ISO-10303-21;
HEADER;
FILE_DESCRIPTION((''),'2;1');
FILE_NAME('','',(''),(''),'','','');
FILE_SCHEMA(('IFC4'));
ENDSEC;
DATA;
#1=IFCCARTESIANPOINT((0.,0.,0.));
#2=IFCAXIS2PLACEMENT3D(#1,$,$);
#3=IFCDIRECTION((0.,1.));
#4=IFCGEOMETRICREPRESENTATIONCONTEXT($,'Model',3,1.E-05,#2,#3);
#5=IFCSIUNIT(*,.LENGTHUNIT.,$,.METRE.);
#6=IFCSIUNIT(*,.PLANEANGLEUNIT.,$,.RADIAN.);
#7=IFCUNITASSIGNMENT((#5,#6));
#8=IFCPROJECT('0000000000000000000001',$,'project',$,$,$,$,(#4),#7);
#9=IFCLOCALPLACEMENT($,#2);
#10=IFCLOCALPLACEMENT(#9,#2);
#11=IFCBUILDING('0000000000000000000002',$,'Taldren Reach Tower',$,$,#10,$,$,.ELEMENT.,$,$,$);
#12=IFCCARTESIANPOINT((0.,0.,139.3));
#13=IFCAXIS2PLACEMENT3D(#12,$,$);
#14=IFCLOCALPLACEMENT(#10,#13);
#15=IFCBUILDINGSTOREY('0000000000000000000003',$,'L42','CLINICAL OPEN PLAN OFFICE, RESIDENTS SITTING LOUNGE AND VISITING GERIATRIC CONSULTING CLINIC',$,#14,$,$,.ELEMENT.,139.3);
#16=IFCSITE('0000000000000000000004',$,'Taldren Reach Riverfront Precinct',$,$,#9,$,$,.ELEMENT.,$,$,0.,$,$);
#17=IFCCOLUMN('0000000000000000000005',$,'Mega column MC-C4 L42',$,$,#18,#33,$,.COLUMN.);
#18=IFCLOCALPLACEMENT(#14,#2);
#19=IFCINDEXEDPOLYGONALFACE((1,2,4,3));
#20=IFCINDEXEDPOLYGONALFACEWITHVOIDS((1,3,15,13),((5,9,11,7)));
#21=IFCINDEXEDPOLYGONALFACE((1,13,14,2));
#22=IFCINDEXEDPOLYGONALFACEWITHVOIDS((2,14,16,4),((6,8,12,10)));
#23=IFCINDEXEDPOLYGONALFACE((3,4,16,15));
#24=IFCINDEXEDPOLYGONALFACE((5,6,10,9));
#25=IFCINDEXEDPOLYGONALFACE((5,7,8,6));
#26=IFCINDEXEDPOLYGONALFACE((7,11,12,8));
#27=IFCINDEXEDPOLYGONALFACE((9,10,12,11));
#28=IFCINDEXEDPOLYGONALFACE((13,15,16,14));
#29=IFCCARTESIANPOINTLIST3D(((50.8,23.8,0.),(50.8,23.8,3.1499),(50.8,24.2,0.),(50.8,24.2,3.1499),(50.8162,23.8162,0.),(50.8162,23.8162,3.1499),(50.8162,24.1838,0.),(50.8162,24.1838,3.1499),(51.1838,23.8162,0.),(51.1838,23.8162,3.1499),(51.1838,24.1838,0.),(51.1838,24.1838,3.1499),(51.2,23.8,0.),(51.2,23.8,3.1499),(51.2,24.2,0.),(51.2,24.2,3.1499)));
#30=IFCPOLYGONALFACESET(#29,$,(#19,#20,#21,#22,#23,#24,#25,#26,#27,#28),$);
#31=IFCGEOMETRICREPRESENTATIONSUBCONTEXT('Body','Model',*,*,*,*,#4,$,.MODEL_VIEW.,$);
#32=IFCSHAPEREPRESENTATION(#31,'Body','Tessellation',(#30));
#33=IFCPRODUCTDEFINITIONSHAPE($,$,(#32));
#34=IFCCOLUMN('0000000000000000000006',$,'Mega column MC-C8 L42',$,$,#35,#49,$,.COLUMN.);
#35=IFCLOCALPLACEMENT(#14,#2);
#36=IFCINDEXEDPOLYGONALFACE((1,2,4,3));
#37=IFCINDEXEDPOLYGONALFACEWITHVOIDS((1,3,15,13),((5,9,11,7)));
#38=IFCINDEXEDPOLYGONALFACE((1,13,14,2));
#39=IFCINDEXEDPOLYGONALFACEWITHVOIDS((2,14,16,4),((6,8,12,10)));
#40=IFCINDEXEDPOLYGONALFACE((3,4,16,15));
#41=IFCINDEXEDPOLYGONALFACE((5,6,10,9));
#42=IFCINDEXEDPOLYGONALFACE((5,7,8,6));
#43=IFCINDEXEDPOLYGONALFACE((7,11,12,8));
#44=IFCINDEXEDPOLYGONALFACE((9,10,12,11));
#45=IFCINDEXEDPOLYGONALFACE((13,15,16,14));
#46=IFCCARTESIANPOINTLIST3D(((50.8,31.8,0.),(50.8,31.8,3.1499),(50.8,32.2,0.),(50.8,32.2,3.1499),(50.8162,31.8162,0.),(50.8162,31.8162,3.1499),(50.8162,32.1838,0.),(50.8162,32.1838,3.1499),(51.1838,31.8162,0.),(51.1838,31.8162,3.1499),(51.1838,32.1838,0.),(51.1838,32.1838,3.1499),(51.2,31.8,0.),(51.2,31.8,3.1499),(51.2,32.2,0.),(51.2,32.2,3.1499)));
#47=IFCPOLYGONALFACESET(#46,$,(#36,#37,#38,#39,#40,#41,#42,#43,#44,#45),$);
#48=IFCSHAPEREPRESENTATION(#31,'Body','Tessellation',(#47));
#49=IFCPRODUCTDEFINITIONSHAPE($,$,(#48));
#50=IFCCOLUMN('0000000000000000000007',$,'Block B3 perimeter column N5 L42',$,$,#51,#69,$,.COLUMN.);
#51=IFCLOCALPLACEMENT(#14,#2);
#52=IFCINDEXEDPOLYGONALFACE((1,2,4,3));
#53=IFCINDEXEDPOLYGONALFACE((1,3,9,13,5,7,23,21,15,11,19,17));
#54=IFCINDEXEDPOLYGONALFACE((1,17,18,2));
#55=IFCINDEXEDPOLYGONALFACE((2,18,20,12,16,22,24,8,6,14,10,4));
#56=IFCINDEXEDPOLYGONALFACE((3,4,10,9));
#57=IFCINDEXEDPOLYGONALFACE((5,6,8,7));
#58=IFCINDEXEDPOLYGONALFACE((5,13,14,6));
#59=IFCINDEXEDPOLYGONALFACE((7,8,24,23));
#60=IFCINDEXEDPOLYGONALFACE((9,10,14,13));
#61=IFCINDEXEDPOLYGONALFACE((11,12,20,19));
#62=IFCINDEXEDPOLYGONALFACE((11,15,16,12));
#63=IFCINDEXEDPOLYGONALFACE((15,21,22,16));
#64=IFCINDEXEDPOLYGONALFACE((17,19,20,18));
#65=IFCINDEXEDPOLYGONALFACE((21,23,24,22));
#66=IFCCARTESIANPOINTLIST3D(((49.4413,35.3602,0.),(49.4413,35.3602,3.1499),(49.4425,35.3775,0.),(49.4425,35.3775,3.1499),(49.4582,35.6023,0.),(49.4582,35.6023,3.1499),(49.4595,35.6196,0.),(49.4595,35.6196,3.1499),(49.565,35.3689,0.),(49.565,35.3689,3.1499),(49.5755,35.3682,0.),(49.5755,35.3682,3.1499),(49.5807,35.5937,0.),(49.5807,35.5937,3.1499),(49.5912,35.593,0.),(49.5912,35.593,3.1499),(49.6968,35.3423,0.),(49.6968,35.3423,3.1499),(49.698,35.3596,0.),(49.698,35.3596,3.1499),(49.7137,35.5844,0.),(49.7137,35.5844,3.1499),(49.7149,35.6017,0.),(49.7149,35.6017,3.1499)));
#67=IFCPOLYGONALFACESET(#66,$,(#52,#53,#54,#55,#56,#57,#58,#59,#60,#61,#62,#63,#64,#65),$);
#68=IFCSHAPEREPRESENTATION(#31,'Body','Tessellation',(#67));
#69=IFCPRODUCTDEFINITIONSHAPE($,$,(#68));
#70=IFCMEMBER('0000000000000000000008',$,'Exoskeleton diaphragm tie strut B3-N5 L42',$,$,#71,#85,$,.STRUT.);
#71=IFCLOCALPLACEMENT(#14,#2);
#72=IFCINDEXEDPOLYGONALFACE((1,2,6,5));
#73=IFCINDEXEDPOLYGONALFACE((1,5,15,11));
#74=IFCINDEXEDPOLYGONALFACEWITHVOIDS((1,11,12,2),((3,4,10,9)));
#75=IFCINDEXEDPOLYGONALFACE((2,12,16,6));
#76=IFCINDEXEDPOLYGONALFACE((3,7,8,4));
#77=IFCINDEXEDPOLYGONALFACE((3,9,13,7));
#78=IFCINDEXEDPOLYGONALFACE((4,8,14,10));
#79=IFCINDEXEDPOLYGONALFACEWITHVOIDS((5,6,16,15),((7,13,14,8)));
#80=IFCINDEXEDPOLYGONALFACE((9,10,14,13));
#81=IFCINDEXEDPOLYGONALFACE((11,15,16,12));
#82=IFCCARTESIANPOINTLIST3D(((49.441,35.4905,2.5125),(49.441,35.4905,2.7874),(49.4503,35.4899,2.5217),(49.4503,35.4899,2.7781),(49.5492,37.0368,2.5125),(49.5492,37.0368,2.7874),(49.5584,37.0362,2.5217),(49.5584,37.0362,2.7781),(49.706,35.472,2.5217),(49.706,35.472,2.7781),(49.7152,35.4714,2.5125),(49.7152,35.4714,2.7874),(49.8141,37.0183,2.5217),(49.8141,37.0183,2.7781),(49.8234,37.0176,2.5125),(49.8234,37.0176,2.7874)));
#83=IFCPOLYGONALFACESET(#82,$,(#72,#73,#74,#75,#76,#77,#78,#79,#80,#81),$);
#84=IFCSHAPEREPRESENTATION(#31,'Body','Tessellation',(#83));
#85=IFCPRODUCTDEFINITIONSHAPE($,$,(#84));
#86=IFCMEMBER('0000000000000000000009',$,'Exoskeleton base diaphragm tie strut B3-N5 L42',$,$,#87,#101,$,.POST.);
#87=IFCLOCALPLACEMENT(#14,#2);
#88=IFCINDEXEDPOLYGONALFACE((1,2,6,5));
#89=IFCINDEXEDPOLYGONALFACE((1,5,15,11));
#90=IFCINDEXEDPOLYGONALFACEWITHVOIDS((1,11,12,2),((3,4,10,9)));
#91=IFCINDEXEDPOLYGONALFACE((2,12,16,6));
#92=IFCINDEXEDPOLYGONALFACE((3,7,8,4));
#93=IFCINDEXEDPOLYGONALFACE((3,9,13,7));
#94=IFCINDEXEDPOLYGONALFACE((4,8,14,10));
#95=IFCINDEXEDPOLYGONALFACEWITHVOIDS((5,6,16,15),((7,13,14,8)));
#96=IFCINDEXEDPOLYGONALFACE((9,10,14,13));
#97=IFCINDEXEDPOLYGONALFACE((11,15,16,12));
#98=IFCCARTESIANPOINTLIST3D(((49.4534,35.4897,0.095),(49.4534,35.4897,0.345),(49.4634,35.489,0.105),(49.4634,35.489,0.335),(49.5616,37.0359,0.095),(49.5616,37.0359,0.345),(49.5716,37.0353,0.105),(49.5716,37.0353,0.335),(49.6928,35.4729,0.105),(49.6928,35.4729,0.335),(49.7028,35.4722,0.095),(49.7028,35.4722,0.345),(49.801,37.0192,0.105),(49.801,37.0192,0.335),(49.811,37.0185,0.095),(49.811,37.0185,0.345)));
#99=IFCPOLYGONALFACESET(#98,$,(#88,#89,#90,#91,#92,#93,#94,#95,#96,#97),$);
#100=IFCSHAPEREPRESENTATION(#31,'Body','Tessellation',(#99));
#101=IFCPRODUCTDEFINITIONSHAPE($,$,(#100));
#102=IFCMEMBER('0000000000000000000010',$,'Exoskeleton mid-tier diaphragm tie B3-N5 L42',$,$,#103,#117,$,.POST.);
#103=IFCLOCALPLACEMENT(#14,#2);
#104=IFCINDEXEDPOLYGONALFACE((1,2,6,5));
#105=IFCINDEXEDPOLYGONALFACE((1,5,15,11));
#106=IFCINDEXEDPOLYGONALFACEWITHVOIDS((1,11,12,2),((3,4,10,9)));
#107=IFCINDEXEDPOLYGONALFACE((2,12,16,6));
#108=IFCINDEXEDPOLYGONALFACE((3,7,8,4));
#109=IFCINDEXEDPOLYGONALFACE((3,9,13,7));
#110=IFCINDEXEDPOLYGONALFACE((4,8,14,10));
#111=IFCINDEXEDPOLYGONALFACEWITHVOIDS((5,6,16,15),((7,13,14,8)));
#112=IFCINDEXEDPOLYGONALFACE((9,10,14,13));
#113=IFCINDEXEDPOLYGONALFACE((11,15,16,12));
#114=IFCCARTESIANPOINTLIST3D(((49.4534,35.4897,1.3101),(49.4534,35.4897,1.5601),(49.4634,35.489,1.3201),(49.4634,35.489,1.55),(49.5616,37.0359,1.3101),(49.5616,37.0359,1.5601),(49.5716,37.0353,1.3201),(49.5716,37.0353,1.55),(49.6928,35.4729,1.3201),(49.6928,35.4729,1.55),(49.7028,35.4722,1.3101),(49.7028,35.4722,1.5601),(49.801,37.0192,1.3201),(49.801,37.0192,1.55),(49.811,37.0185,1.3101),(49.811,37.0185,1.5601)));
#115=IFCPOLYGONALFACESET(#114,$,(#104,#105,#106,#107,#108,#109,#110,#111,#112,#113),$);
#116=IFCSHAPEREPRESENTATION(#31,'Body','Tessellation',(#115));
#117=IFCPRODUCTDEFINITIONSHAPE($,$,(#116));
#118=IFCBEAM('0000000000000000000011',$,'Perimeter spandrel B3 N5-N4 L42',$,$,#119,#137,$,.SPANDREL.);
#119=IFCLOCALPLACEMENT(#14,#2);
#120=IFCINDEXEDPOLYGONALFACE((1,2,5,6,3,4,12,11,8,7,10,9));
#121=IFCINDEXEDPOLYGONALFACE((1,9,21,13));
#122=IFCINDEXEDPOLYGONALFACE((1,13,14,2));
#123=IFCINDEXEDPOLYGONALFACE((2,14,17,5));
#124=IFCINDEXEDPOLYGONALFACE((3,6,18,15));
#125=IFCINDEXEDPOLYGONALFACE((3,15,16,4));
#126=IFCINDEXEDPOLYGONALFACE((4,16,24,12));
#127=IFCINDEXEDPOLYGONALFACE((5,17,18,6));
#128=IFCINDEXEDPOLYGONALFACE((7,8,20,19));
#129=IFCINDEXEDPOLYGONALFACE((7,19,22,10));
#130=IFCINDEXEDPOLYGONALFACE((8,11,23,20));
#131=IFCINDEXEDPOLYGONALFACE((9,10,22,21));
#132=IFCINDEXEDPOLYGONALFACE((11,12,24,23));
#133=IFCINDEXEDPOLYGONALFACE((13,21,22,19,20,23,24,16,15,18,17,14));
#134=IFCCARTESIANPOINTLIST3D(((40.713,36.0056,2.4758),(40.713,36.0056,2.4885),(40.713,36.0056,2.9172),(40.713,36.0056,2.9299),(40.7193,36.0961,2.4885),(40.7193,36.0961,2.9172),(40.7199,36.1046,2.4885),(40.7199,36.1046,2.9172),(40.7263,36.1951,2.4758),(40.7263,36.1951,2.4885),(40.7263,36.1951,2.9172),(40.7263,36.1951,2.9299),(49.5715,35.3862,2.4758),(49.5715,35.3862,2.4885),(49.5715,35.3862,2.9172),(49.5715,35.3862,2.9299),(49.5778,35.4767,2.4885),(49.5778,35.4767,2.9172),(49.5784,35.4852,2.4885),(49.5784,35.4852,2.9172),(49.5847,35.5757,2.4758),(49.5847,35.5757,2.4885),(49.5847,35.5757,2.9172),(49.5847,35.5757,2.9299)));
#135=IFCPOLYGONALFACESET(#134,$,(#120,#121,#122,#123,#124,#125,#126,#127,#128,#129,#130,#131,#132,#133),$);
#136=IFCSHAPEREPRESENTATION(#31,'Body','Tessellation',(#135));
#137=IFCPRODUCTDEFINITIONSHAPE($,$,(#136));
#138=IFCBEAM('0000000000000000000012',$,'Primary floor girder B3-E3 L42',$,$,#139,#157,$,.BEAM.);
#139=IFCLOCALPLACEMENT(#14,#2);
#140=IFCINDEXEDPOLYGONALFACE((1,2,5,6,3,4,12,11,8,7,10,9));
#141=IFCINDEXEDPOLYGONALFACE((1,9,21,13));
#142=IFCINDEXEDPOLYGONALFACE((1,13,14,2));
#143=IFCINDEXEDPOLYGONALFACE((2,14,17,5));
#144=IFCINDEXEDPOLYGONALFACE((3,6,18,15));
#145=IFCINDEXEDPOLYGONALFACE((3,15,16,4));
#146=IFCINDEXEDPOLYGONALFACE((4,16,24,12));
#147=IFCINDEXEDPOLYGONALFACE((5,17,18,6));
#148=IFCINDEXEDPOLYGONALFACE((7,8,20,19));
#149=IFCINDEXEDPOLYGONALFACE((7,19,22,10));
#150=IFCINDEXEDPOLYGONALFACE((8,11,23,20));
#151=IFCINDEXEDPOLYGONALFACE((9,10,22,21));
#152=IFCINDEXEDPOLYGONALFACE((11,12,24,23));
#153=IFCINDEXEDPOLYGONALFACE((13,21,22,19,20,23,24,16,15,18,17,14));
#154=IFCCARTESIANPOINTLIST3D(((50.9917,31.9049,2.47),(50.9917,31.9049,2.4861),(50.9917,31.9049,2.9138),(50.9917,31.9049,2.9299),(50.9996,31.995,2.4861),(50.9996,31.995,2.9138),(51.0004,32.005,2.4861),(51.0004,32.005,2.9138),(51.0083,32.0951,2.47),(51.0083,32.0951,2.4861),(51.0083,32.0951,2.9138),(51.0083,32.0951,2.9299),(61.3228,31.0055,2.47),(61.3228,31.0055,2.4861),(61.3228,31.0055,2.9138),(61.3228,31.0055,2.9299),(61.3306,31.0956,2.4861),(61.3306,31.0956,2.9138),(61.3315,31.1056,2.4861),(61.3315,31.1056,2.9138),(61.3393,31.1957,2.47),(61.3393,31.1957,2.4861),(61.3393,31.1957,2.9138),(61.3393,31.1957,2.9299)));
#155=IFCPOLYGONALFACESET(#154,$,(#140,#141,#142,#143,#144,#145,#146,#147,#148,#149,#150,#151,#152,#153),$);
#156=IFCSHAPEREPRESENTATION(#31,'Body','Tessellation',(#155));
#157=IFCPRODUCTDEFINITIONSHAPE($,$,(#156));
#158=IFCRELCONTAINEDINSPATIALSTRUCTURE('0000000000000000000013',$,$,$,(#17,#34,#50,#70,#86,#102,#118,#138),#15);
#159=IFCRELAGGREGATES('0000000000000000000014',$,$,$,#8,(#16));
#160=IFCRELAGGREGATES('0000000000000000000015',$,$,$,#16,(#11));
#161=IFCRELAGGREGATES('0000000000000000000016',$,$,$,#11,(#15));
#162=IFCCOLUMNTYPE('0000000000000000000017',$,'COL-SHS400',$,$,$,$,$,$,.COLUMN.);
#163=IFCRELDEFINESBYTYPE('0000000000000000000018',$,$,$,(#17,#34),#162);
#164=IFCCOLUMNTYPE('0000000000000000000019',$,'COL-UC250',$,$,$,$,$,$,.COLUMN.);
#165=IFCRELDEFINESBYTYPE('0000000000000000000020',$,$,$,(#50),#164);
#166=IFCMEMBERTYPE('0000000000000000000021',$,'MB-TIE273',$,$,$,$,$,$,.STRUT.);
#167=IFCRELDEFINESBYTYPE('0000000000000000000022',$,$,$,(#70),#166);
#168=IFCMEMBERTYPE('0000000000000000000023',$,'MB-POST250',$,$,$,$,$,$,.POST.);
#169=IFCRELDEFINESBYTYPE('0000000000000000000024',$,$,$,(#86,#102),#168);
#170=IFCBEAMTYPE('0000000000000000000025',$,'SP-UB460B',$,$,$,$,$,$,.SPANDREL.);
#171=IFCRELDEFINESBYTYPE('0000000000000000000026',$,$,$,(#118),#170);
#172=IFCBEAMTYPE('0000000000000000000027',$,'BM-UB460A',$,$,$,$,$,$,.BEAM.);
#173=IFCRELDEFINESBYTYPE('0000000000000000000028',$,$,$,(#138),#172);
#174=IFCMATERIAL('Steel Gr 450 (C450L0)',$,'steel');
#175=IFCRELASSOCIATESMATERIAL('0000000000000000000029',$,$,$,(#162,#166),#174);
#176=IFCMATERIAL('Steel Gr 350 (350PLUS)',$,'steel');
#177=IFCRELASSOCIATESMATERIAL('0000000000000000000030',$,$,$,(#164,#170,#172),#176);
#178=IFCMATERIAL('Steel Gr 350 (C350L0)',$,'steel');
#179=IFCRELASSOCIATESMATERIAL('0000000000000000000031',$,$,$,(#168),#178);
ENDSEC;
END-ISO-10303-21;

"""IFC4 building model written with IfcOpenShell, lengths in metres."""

from ifc_helpers import new_model, si_unit, direction, frame, origin, origin_2d, place, context, subcontext, project, spatial, hollow_rectangle, i_section, extrude, source, transform, mapped, material, material_profile, profile_set, type_object, element, save


model = new_model("IFC4")

# Units and contexts
model_context = context("Model", 3, precision=1e-05, world=origin(), true_north=direction((0.0, 1.0)))
body_context = subcontext(model_context, "Body", "Model", "MODEL_VIEW")
ifc_project = project(units=[si_unit("LENGTHUNIT", "METRE"), si_unit("PLANEANGLEUNIT", "RADIAN")], contexts=[model_context])

# Site, building, storey
site_placement = place(None, origin())
site = spatial("IfcSite", under=ifc_project, at=site_placement, Name="Taldren Reach Riverfront Precinct", CompositionType="ELEMENT", RefElevation=0.0)
building_placement = place(site_placement, origin())
building = spatial("IfcBuilding", under=site, at=building_placement, Name="Taldren Reach Tower", CompositionType="ELEMENT")
storey_placement = place(building_placement, frame((0.0, 0.0, 139.3)))
storey = spatial("IfcBuildingStorey", under=building, at=storey_placement, Name="L42", Description="CLINICAL OPEN PLAN OFFICE, RESIDENTS SITTING LOUNGE AND VISITING GERIATRIC CONSULTING CLINIC", CompositionType="ELEMENT", Elevation=139.3)

# Columns
ifc_material_1 = material(Name="Steel Gr 450 (C450L0)", Category="steel")
ifc_material_profile_1 = material_profile(ifc_material_1, hollow_rectangle(XDim=0.3999, YDim=0.3999, WallThickness=0.0161, at=origin_2d()), Name="400x400x16.0SHS")
ifc_profile_set_1 = profile_set([ifc_material_profile_1], Name="Steel Gr 450 (C450L0)")
column_type_1 = type_object("IfcColumnType", Name="COL-SHS400", PredefinedType="COLUMN", material=ifc_profile_set_1)
shared_shape_1 = source(origin(), body_context, "Body", "SweptSolid", [
    extrude(hollow_rectangle(XDim=0.3999, YDim=0.3999, WallThickness=0.0161, at=origin_2d()), origin(), (0.0, 0.0, 1.0), 3.1499),
])
for number, where, z_axis, x_axis, name in (
    (1, (51.0, 24.0, 0.0), (0.0, 0.0, 1.0), (1.0, 0.0, 0.0), "Mega column MC-C4 L42"),
    (2, (51.0, 32.0, 0.0), (0.0, 0.0, 1.0), (1.0, 0.0, 0.0), "Mega column MC-C8 L42"),
):
    element("IfcColumn", number, at=place(storey_placement, frame(where, z_axis=z_axis, x_axis=x_axis)), inside=storey, type_object=column_type_1, Name=name, PredefinedType="COLUMN", context=body_context, shape_type="MappedRepresentation", body=[
        mapped(shared_shape_1, transform((0.0, 0.0, 0.0), scale=1.0)),
    ])
ifc_material_2 = material(Name="Steel Gr 350 (350PLUS)", Category="steel")
ifc_material_profile_2 = material_profile(ifc_material_2, i_section(OverallWidth=0.2561, OverallDepth=0.26, WebThickness=0.0105, FlangeThickness=0.0173, at=origin_2d()), Name="250UC89.5")
ifc_profile_set_2 = profile_set([ifc_material_profile_2], Name="Steel Gr 350 (350PLUS)")
column_type_2 = type_object("IfcColumnType", Name="COL-UC250", PredefinedType="COLUMN", material=ifc_profile_set_2)
shared_shape_2 = source(origin(), body_context, "Body", "SweptSolid", [
    extrude(i_section(OverallWidth=0.2561, OverallDepth=0.26, WebThickness=0.0105, FlangeThickness=0.0173, at=origin_2d()), origin(), (0.0, 0.0, 1.0), 3.1499),
])
column_placement = place(storey_placement, frame((49.5781, 35.481, 0.0), z_axis=(0.0, 0.0, 1.0), x_axis=(0.997564, -0.069756, 0.0)))
element("IfcColumn", 3, at=column_placement, inside=storey, type_object=column_type_2, Name="Block B3 perimeter column N5 L42", PredefinedType="COLUMN", context=body_context, shape_type="MappedRepresentation", body=[
    mapped(shared_shape_2, transform((0.0, 0.0, 0.0), scale=1.0)),
])

# Members
ifc_material_profile_3 = material_profile(ifc_material_1, hollow_rectangle(XDim=0.2749, YDim=0.2749, WallThickness=0.0093, at=origin_2d()), Name="275x275x9.3SHS")
ifc_profile_set_3 = profile_set([ifc_material_profile_3], Name="Steel Gr 450 (C450L0)")
member_type_1 = type_object("IfcMemberType", Name="MB-TIE273", PredefinedType="STRUT", material=ifc_profile_set_3)
shared_shape_3 = source(origin(), body_context, "Body", "SweptSolid", [
    extrude(hollow_rectangle(XDim=0.2749, YDim=0.2749, WallThickness=0.0093, at=origin_2d()), origin(), (0.0, 0.0, 1.0), 1.55),
])
member_1_placement = place(storey_placement, frame((49.5781, 35.481, 2.6499), z_axis=(0.06977, 0.997563, 0.0), x_axis=(-0.997563, 0.06977, 0.0)))
element("IfcMember", 4, at=member_1_placement, inside=storey, type_object=member_type_1, Name="Exoskeleton diaphragm tie strut B3-N5 L42", PredefinedType="STRUT", context=body_context, shape_type="MappedRepresentation", body=[
    mapped(shared_shape_3, transform((0.0, 0.0, 0.0), scale=1.0)),
])
ifc_material_3 = material(Name="Steel Gr 350 (C350L0)", Category="steel")
ifc_material_profile_4 = material_profile(ifc_material_3, hollow_rectangle(XDim=0.25, YDim=0.25, WallThickness=0.01, at=origin_2d()), Name="250x250x10.0SHS")
ifc_profile_set_4 = profile_set([ifc_material_profile_4], Name="Steel Gr 350 (C350L0)")
member_type_2 = type_object("IfcMemberType", Name="MB-POST250", PredefinedType="POST", material=ifc_profile_set_4)
shared_shape_4 = source(origin(), body_context, "Body", "SweptSolid", [
    extrude(hollow_rectangle(XDim=0.25, YDim=0.25, WallThickness=0.01, at=origin_2d()), origin(), (0.0, 0.0, 1.0), 1.55),
])
for number, where, z_axis, x_axis, name in (
    (5, (49.5781, 35.481, 0.22), (0.06977, 0.997563, 0.0), (-0.997563, 0.06977, 0.0), "Exoskeleton base diaphragm tie strut B3-N5 L42"),
    (6, (49.5781, 35.481, 1.4351), (0.06977, 0.997563, 0.0), (-0.997563, 0.06977, 0.0), "Exoskeleton mid-tier diaphragm tie B3-N5 L42"),
):
    element("IfcMember", number, at=place(storey_placement, frame(where, z_axis=z_axis, x_axis=x_axis)), inside=storey, type_object=member_type_2, Name=name, PredefinedType="POST", context=body_context, shape_type="MappedRepresentation", body=[
        mapped(shared_shape_4, transform((0.0, 0.0, 0.0), scale=1.0)),
    ])

# Beams
ifc_material_profile_5 = material_profile(ifc_material_2, i_section(OverallWidth=0.1899, OverallDepth=0.4541, WebThickness=0.0085, FlangeThickness=0.0127, at=origin_2d()), Name="460UB67.1")
ifc_profile_set_5 = profile_set([ifc_material_profile_5], Name="Steel Gr 350 (350PLUS)")
beam_type_1 = type_object("IfcBeamType", Name="SP-UB460B", PredefinedType="SPANDREL", material=ifc_profile_set_5)
shared_shape_5 = source(origin(), body_context, "Body", "SweptSolid", [
    extrude(i_section(OverallWidth=0.1899, OverallDepth=0.4541, WebThickness=0.0085, FlangeThickness=0.0127, at=origin_2d()), origin(), (0.0, 0.0, 1.0), 8.8801),
])
beam_1_placement = place(storey_placement, frame((49.5781, 35.481, 2.7029), z_axis=(-0.997564, 0.06975, 0.0), x_axis=(-0.06975, -0.997564, 0.0)))
element("IfcBeam", 7, at=beam_1_placement, inside=storey, type_object=beam_type_1, Name="Perimeter spandrel B3 N5-N4 L42", PredefinedType="SPANDREL", context=body_context, shape_type="MappedRepresentation", body=[
    mapped(shared_shape_5, transform((0.0, 0.0, 0.0), scale=1.0)),
])
ifc_material_profile_6 = material_profile(ifc_material_2, i_section(OverallWidth=0.1909, OverallDepth=0.46, WebThickness=0.01, FlangeThickness=0.0161, at=origin_2d()), Name="460UB82.1")
ifc_profile_set_6 = profile_set([ifc_material_profile_6], Name="Steel Gr 350 (350PLUS)")
beam_type_2 = type_object("IfcBeamType", Name="BM-UB460A", PredefinedType="BEAM", material=ifc_profile_set_6)
shared_shape_6 = source(origin(), body_context, "Body", "SweptSolid", [
    extrude(i_section(OverallWidth=0.1909, OverallDepth=0.46, WebThickness=0.01, FlangeThickness=0.0161, at=origin_2d()), origin(), (0.0, 0.0, 1.0), 10.3701),
])
beam_2_placement = place(storey_placement, frame((51.0, 32.0, 2.7), z_axis=(0.996232, -0.086731, 0.0), x_axis=(0.086731, 0.996232, 0.0)))
element("IfcBeam", 8, at=beam_2_placement, inside=storey, type_object=beam_type_2, Name="Primary floor girder B3-E3 L42", PredefinedType="BEAM", context=body_context, shape_type="MappedRepresentation", body=[
    mapped(shared_shape_6, transform((0.0, 0.0, 0.0), scale=1.0)),
])

save(model, "model.ifc")
